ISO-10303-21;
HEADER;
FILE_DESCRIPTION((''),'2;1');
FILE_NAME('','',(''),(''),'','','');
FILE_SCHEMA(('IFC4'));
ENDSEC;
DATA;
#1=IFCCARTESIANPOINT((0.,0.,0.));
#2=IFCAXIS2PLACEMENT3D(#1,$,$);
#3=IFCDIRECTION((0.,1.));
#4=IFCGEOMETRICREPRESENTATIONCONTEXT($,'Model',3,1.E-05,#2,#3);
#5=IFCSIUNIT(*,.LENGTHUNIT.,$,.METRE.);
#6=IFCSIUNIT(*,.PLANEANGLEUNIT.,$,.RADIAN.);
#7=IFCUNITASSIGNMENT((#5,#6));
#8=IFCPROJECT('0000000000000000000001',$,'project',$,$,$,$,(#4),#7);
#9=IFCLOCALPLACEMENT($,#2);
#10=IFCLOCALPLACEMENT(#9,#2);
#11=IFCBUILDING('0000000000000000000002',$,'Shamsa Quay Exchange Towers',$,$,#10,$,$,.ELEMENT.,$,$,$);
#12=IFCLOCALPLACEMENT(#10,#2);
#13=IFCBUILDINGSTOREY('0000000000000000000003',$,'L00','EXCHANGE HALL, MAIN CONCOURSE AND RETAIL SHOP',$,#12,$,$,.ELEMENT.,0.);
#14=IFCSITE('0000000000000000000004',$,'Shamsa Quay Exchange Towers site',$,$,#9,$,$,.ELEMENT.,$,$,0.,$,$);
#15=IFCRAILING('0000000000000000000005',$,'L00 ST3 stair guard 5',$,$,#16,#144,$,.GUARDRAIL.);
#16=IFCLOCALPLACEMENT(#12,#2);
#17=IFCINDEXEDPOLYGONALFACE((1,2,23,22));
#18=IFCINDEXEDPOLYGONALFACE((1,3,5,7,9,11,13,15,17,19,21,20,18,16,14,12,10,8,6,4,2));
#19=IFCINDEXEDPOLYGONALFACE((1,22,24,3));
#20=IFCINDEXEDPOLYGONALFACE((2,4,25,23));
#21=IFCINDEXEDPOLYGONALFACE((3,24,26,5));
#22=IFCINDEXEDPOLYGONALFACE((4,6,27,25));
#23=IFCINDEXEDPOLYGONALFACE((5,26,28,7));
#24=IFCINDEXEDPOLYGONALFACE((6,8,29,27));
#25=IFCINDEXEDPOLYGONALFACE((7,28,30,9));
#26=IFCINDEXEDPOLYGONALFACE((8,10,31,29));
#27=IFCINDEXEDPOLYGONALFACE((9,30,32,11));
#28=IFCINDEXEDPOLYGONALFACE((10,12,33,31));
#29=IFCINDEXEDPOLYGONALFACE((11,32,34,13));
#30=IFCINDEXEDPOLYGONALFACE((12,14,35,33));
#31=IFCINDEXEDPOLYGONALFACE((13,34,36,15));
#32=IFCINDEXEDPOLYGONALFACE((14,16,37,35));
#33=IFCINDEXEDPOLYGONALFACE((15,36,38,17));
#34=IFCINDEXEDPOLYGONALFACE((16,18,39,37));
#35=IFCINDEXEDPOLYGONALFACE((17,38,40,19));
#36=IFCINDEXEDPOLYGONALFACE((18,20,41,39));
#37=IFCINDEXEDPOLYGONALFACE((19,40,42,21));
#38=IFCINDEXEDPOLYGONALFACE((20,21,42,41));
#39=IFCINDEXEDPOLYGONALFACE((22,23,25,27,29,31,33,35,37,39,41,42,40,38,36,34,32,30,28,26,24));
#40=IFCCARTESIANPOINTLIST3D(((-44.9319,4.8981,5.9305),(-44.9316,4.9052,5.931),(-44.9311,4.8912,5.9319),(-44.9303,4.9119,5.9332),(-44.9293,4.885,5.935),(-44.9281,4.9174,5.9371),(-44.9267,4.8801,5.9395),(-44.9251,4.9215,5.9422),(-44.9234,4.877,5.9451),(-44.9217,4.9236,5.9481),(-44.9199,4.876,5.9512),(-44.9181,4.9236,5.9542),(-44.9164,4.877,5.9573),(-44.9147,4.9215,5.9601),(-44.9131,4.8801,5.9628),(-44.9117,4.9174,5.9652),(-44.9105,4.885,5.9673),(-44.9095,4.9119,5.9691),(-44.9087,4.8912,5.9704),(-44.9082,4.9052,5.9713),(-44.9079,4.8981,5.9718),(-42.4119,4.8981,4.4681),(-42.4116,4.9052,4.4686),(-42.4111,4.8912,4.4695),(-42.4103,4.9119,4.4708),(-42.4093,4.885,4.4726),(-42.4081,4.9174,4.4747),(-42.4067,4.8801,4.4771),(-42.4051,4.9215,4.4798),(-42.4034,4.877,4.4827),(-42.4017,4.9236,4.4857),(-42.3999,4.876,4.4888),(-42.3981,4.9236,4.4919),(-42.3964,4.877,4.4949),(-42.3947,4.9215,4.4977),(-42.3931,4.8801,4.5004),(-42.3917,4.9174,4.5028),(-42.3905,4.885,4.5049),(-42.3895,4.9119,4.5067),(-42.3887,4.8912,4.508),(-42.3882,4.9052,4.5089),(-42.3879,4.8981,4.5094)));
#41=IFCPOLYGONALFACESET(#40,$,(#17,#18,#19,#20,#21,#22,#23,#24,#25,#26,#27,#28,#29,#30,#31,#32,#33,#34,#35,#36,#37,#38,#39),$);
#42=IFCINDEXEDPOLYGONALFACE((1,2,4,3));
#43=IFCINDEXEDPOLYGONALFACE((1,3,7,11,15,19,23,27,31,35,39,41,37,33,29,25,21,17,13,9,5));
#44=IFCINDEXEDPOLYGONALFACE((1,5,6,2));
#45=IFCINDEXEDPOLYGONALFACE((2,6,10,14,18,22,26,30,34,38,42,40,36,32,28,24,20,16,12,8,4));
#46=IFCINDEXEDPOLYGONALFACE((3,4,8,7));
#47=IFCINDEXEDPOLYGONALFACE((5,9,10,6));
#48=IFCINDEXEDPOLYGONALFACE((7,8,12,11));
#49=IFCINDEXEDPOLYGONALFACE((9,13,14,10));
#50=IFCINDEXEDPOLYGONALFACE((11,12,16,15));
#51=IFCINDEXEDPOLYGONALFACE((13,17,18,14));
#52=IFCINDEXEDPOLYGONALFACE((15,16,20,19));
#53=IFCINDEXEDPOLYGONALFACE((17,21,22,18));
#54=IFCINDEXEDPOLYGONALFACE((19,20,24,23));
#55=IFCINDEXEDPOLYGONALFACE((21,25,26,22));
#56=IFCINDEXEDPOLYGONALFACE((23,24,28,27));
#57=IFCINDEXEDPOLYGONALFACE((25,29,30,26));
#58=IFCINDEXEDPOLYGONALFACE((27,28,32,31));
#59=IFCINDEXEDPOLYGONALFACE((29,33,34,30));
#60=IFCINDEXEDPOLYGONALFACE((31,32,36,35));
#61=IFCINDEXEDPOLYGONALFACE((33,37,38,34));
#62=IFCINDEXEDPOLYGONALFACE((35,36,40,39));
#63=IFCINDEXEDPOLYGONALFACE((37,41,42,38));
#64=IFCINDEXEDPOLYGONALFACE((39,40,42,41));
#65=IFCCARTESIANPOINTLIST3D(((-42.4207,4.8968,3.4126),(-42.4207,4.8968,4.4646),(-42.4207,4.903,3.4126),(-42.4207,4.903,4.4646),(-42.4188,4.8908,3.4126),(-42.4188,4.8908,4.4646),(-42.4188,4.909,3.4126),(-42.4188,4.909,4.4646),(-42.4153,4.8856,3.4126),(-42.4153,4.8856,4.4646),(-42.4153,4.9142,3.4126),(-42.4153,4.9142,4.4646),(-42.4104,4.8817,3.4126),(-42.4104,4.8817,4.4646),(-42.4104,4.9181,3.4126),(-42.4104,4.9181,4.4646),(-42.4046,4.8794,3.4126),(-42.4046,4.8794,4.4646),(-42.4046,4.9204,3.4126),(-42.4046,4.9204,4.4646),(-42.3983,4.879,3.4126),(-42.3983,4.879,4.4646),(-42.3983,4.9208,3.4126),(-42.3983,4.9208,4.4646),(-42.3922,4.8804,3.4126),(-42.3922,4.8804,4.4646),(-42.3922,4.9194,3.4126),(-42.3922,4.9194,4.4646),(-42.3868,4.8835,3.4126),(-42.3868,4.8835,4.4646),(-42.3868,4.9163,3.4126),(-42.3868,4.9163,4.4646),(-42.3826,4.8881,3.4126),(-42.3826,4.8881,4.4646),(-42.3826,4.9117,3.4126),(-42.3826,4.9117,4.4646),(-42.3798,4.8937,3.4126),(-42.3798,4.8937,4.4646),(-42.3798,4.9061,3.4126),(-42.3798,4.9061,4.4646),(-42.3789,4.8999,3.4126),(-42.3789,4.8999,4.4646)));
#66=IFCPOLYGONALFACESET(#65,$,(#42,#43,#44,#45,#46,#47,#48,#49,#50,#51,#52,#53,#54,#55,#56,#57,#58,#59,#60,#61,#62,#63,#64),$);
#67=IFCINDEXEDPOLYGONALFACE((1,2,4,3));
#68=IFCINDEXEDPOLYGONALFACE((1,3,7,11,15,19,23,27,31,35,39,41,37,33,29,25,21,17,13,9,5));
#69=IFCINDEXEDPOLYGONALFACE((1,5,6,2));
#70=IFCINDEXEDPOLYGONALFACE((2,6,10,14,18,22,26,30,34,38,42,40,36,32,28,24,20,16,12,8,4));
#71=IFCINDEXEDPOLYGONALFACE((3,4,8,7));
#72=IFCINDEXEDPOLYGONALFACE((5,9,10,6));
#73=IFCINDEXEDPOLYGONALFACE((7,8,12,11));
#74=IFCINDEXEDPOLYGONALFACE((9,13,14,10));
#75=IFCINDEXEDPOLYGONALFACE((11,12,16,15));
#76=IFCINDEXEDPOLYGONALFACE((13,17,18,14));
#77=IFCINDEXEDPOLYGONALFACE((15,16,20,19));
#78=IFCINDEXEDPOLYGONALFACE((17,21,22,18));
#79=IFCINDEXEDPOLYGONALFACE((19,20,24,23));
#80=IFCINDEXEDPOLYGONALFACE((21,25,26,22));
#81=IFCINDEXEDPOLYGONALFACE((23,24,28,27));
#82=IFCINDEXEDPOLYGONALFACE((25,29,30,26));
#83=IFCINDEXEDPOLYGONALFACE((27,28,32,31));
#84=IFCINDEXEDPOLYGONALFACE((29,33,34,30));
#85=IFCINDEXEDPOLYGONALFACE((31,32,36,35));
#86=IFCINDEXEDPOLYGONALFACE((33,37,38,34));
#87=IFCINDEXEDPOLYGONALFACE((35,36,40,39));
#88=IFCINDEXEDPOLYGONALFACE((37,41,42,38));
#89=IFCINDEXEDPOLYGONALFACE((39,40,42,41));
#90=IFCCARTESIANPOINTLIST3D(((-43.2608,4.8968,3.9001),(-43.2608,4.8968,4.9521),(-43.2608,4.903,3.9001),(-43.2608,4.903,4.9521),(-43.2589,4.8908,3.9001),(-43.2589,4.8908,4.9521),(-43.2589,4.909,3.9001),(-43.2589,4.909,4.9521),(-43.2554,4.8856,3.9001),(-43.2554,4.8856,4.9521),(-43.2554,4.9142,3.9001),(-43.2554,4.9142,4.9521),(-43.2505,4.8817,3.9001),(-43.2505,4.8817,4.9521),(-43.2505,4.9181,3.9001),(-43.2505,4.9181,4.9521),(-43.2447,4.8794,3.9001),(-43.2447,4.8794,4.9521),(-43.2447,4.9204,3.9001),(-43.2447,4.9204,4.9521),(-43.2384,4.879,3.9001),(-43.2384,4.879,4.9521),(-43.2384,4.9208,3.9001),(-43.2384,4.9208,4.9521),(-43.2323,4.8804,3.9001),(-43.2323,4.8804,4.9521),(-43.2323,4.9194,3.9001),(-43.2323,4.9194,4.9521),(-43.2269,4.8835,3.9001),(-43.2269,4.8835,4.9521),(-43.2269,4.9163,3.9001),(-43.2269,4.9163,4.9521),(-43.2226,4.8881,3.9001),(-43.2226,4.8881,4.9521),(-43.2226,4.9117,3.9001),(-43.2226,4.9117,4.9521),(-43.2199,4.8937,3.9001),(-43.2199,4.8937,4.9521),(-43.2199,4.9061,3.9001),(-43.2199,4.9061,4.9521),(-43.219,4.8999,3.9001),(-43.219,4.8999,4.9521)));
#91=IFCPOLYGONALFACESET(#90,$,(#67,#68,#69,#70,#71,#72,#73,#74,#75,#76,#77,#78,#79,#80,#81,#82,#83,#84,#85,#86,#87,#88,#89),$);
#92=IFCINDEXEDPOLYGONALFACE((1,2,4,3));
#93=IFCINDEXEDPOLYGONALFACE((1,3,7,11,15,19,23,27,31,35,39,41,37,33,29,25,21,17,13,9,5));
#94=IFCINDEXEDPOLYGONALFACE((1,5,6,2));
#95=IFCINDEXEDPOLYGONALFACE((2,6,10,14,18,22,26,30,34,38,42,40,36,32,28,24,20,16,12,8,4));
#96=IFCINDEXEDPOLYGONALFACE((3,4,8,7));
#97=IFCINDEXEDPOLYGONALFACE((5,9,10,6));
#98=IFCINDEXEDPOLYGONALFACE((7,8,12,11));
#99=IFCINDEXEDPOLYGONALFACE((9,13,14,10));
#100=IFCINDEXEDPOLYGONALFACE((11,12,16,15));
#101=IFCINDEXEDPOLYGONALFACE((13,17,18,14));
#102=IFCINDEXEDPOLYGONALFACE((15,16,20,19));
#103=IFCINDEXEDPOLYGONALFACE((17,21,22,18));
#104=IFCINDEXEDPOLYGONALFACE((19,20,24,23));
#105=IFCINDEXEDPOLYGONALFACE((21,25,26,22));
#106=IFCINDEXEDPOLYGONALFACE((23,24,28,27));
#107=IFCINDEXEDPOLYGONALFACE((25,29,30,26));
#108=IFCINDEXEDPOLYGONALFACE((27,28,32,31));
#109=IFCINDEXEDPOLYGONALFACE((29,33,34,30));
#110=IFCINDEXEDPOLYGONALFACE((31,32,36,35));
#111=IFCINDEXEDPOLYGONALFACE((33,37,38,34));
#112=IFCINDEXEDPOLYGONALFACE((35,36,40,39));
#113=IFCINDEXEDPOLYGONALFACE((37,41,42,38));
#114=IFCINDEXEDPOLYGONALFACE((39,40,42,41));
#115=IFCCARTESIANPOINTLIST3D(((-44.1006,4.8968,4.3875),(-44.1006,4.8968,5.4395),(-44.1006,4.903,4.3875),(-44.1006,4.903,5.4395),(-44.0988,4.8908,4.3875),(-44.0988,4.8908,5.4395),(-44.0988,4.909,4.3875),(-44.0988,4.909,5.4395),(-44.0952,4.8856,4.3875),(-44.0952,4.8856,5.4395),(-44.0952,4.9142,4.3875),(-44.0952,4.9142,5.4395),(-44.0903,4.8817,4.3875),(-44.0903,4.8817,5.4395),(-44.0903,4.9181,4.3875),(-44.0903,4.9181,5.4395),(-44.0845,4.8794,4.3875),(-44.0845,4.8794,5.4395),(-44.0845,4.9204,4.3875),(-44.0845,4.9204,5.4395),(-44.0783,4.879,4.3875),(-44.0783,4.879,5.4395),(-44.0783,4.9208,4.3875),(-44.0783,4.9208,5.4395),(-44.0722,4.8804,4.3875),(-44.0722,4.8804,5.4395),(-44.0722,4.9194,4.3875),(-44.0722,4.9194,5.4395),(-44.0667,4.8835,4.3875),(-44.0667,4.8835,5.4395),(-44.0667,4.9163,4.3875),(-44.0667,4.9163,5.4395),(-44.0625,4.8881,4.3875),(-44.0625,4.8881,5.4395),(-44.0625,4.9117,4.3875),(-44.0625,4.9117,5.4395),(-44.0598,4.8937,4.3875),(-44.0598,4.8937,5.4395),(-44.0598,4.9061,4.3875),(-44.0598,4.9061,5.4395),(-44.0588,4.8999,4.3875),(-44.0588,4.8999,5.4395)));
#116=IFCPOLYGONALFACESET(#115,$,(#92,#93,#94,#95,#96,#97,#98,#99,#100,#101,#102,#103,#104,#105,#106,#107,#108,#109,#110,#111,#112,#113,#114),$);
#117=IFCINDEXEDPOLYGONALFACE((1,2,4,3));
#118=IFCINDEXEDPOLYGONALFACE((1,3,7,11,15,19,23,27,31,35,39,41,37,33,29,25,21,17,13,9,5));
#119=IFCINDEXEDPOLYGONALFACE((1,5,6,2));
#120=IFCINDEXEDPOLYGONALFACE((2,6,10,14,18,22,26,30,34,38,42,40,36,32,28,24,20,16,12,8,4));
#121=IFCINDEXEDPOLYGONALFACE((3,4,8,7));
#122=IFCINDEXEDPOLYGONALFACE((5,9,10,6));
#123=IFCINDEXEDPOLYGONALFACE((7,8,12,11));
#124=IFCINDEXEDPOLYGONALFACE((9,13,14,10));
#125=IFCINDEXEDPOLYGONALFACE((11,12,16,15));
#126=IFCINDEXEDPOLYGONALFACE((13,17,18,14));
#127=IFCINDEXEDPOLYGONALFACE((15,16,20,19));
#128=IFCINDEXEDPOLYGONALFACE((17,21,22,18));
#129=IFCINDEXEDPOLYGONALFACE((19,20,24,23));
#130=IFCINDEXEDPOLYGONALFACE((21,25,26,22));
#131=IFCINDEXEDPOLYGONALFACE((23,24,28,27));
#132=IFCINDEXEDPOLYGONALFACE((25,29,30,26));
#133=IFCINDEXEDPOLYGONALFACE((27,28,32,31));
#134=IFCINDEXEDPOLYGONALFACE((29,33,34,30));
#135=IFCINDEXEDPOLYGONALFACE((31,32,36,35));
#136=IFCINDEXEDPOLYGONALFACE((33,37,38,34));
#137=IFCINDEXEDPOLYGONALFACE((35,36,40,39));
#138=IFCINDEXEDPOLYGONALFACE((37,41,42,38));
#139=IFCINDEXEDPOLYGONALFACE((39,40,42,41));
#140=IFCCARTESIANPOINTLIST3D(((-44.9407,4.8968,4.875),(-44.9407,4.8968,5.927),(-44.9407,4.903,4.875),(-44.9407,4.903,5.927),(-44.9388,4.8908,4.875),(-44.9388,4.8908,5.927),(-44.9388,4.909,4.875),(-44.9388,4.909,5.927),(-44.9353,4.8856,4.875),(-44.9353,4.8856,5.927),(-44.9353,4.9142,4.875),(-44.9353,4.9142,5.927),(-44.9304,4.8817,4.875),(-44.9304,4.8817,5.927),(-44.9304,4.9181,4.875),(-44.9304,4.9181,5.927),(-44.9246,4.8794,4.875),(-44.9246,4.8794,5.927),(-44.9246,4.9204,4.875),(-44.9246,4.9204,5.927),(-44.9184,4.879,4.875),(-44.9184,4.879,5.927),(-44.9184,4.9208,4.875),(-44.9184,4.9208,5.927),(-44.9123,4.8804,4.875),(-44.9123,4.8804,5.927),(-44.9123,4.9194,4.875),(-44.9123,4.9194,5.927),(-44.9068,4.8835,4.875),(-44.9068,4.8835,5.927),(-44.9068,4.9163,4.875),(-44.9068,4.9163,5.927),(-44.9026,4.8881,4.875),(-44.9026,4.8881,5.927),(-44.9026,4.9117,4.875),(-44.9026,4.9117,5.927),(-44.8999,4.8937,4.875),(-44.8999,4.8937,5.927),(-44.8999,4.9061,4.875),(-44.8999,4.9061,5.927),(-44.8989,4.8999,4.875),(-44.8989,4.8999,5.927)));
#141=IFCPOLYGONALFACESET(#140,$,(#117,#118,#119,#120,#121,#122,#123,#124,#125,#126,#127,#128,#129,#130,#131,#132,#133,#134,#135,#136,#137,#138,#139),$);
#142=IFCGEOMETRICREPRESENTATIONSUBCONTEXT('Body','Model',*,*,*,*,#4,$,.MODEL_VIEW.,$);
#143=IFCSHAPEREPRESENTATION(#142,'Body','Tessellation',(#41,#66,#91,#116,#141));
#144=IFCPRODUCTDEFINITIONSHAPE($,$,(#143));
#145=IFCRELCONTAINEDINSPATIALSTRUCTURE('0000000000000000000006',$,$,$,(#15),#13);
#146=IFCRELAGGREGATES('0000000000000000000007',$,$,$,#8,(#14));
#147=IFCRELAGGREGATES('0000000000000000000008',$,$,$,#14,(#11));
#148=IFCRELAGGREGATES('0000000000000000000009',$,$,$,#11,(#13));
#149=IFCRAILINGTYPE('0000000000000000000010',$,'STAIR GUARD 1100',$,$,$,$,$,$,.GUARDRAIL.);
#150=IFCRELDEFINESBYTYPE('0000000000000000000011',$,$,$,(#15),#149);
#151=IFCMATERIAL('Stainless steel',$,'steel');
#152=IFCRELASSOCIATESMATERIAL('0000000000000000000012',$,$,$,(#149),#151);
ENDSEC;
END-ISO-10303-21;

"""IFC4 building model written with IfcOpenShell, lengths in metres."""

from ifc_helpers import new_model, si_unit, direction, frame, origin, origin_2d, place, context, subcontext, project, spatial, circle, extrude, material, type_object, element, save


model = new_model("IFC4")

# Units and contexts
model_context = context("Model", 3, precision=1e-05, world=origin(), true_north=direction((0.0, 1.0)))
body_context = subcontext(model_context, "Body", "Model", "MODEL_VIEW")
ifc_project = project(units=[si_unit("LENGTHUNIT", "METRE"), si_unit("PLANEANGLEUNIT", "RADIAN")], contexts=[model_context])

# Site, building, storey
site_placement = place(None, origin())
site = spatial("IfcSite", under=ifc_project, at=site_placement, Name="Shamsa Quay Exchange Towers site", CompositionType="ELEMENT", RefElevation=0.0)
building_placement = place(site_placement, origin())
building = spatial("IfcBuilding", under=site, at=building_placement, Name="Shamsa Quay Exchange Towers", CompositionType="ELEMENT")
storey_placement = place(building_placement, origin())
storey = spatial("IfcBuildingStorey", under=building, at=storey_placement, Name="L00", Description="EXCHANGE HALL, MAIN CONCOURSE AND RETAIL SHOP", CompositionType="ELEMENT", Elevation=0.0)

# Railing
ifc_material_1 = material(Name="Stainless steel", Category="steel")
railing_type_1 = type_object("IfcRailingType", Name="STAIR GUARD 1100", PredefinedType="GUARDRAIL", material=ifc_material_1)
railing_1_placement = place(storey_placement, frame((-42.3999, 4.8999, 3.4126)))
element("IfcRailing", 1, at=railing_1_placement, inside=storey, type_object=railing_type_1, Name="L00 ST3 stair guard 5", PredefinedType="GUARDRAIL", context=body_context, shape_type="SweptSolid", body=[
    extrude(circle(Radius=0.0239, at=origin_2d()), frame((0.0, 0.0, 1.0762), z_axis=(-0.864913, 0.0, 0.501921), x_axis=(0.0, -1.0, 0.0)), (0.0, 0.0, 1.0), 2.9136),
    extrude(circle(Radius=0.021, at=origin_2d()), origin(), (0.0, 0.0, 1.0), 1.052),
    extrude(circle(Radius=0.021, at=origin_2d()), frame((-0.8401, 0.0, 0.4875)), (0.0, 0.0, 1.0), 1.052),
    extrude(circle(Radius=0.021, at=origin_2d()), frame((-1.6799, 0.0, 0.9749)), (0.0, 0.0, 1.0), 1.052),
    extrude(circle(Radius=0.021, at=origin_2d()), frame((-2.52, 0.0, 1.4624)), (0.0, 0.0, 1.0), 1.052),
])

save(model, "model.ifc")
